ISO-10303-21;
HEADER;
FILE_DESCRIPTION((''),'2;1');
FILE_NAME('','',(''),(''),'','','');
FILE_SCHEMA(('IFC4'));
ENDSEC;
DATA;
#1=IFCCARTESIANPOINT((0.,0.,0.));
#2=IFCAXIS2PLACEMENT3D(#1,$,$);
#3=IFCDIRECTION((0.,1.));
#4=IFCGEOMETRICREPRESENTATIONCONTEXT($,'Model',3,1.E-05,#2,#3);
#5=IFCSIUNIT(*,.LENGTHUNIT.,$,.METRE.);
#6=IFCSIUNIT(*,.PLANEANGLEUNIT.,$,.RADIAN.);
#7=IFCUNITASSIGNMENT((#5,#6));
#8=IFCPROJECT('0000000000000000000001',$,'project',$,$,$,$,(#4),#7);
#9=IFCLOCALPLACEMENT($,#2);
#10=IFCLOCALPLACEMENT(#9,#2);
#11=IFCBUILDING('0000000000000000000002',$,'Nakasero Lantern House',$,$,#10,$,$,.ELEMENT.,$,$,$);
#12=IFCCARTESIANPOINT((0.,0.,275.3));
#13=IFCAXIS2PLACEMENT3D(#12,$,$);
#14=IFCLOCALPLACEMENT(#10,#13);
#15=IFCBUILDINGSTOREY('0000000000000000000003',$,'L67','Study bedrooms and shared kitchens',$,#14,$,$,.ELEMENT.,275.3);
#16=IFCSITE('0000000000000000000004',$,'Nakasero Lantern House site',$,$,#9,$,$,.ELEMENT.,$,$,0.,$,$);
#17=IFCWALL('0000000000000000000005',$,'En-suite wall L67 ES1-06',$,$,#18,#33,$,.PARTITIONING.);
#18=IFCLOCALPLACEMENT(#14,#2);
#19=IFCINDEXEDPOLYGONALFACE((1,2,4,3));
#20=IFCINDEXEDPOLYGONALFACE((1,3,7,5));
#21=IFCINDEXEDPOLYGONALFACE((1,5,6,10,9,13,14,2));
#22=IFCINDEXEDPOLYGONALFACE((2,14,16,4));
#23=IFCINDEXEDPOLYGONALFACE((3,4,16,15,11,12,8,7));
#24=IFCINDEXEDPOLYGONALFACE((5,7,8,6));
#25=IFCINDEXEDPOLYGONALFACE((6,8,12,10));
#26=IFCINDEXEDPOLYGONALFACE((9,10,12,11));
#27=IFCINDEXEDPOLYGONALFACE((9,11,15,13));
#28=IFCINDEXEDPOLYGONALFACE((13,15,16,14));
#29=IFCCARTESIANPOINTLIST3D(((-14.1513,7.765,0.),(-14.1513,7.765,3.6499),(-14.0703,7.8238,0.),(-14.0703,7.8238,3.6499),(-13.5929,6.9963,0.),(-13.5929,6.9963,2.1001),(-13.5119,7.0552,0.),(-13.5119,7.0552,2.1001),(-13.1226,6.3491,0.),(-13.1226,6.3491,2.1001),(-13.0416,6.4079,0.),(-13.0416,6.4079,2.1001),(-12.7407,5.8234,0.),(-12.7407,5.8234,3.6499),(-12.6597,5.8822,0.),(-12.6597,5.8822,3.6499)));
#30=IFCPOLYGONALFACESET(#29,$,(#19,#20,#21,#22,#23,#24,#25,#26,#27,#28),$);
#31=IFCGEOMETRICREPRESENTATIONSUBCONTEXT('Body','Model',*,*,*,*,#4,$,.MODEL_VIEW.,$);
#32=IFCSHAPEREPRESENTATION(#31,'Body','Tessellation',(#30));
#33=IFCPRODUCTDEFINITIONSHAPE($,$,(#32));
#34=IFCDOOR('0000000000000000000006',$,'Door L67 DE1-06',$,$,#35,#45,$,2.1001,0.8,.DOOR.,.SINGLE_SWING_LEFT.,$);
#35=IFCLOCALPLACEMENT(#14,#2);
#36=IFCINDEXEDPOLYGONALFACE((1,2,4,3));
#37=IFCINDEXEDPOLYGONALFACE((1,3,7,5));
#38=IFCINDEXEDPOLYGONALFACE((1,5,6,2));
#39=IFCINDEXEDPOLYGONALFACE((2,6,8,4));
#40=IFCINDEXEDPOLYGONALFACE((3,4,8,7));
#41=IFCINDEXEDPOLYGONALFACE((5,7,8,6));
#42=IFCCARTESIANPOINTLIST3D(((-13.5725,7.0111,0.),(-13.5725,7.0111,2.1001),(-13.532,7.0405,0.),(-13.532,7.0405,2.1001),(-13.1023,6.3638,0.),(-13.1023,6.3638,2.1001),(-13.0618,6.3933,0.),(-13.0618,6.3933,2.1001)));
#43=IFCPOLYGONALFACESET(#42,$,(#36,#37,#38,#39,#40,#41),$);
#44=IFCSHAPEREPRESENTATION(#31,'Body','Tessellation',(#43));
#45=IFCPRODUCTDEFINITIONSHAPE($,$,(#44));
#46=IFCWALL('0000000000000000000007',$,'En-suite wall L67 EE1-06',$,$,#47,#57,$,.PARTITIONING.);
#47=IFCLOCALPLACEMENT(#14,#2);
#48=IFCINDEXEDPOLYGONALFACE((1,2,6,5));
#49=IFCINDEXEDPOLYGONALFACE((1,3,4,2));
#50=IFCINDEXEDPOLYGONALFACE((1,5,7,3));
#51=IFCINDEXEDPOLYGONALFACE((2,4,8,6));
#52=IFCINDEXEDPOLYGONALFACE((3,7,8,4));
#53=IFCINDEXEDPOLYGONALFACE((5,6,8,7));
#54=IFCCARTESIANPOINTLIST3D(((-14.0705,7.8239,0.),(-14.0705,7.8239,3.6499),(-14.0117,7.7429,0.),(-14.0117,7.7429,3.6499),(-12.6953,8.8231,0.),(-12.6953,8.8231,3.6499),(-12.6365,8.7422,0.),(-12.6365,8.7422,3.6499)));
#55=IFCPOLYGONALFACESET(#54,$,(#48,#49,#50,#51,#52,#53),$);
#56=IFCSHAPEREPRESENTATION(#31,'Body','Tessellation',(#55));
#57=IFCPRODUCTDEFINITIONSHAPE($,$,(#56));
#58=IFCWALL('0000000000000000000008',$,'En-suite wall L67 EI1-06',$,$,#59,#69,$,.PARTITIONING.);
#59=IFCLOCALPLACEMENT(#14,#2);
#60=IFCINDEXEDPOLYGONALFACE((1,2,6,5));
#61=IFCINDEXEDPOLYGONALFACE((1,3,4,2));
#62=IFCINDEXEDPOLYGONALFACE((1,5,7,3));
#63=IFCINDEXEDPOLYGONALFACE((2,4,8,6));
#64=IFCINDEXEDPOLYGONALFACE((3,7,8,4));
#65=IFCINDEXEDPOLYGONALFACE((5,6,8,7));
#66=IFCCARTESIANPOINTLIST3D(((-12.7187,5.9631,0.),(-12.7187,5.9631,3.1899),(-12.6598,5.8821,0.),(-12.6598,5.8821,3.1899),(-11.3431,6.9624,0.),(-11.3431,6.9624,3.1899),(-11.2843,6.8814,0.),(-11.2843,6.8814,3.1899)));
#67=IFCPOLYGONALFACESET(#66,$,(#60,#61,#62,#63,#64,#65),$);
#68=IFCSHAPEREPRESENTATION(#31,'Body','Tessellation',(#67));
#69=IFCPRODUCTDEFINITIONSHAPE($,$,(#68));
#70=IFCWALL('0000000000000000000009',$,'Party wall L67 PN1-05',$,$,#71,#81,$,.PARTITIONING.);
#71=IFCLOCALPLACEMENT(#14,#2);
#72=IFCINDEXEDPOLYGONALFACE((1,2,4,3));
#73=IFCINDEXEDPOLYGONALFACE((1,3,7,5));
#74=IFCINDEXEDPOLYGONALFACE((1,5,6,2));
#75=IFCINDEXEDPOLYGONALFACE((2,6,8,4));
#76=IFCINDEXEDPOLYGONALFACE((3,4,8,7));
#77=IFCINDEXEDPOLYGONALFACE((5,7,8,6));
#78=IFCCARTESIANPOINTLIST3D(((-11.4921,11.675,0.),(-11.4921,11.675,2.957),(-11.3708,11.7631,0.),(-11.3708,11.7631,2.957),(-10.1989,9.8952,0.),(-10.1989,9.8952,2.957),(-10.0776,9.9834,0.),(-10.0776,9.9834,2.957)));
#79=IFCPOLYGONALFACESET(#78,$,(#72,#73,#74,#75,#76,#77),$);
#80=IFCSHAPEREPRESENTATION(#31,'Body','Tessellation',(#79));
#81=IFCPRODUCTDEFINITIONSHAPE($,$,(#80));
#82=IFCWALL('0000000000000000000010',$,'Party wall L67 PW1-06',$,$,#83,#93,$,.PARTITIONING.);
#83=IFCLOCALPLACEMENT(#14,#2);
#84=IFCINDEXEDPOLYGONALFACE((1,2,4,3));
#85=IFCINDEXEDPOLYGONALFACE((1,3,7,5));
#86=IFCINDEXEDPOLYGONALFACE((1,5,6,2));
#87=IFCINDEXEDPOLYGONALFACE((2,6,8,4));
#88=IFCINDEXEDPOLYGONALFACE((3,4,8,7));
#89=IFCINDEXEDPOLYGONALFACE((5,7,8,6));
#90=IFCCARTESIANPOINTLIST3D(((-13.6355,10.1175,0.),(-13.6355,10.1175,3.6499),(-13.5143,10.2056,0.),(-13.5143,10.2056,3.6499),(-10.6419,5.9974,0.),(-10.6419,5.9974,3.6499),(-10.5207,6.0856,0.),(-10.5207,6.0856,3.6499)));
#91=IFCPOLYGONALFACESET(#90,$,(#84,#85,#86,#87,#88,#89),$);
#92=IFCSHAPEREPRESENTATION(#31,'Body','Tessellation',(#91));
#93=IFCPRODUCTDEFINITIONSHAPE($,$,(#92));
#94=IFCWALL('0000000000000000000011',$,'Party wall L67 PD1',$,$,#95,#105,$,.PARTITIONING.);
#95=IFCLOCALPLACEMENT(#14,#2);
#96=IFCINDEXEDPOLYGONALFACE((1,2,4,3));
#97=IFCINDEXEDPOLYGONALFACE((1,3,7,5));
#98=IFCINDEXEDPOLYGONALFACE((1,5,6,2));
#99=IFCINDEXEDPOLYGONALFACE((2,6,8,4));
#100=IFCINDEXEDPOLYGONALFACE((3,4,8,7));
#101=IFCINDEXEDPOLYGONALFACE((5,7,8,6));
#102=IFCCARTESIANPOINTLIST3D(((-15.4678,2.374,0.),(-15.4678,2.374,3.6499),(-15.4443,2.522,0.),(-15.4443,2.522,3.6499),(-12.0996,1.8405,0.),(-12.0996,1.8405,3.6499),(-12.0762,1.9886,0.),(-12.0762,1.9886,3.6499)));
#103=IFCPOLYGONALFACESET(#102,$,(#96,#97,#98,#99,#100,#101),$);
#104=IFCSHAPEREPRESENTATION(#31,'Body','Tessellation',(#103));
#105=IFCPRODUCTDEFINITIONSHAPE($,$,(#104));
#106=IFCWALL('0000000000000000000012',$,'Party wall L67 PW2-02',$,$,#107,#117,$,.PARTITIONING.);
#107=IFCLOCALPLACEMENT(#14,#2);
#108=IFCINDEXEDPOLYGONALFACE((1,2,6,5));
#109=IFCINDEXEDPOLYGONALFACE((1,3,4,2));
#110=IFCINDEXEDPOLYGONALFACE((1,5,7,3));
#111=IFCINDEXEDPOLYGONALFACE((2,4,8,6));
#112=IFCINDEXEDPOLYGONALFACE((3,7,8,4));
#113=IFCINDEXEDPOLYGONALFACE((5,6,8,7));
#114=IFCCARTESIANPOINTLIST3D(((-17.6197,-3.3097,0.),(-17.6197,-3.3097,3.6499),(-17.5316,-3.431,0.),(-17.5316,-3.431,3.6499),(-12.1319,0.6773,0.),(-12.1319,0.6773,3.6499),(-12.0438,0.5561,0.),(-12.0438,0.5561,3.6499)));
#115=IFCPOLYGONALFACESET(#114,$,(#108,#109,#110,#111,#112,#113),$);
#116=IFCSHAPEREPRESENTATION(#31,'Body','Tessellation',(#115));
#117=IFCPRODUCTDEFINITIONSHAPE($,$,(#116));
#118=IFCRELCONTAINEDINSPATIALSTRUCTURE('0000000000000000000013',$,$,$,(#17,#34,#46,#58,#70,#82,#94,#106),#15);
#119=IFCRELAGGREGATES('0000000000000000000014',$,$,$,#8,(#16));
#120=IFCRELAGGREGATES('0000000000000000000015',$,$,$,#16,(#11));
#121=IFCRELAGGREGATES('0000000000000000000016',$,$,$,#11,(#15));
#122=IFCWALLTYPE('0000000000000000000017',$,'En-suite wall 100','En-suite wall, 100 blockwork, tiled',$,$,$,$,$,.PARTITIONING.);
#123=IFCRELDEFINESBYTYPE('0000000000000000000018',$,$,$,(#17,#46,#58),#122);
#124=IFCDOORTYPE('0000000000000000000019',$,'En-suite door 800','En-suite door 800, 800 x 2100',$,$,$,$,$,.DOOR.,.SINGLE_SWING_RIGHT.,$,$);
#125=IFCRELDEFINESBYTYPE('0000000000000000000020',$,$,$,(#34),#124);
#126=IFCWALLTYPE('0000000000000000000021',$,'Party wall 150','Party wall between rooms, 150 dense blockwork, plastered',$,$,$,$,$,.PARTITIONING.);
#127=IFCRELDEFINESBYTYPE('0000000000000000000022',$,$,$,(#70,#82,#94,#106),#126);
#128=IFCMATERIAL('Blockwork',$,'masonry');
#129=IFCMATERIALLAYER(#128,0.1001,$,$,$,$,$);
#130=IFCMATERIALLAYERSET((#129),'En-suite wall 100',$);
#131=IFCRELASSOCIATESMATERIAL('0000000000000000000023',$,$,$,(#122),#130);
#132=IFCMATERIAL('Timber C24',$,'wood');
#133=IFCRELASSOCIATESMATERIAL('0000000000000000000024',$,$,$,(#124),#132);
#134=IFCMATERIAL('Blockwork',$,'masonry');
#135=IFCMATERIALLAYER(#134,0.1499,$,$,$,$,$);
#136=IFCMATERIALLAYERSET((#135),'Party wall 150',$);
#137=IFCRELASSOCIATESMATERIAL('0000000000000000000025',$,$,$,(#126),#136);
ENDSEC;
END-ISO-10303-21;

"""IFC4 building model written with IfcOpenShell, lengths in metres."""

from ifc_helpers import new_model, si_unit, direction, frame, frame_2d, origin, place, context, subcontext, project, spatial, rectangle, extrude, material, layer, layer_set, type_object, element, fill, save


model = new_model("IFC4")

# Units and contexts
model_context = context("Model", 3, precision=1e-05, world=origin(), true_north=direction((0.0, 1.0)))
body_context = subcontext(model_context, "Body", "Model", "MODEL_VIEW")
ifc_project = project(units=[si_unit("LENGTHUNIT", "METRE"), si_unit("PLANEANGLEUNIT", "RADIAN")], contexts=[model_context])

# Site, building, storey
site_placement = place(None, origin())
site = spatial("IfcSite", under=ifc_project, at=site_placement, Name="Nakasero Lantern House site", CompositionType="ELEMENT", RefElevation=0.0)
building_placement = place(site_placement, origin())
building = spatial("IfcBuilding", under=site, at=building_placement, Name="Nakasero Lantern House", CompositionType="ELEMENT")
storey_placement = place(building_placement, frame((0.0, 0.0, 275.3)))
storey = spatial("IfcBuildingStorey", under=building, at=storey_placement, Name="L67", Description="Study bedrooms and shared kitchens", CompositionType="ELEMENT", Elevation=275.3)

# Wall, opening, door
ifc_material_1 = material(Name="Blockwork", Category="masonry")
ifc_layer_1 = layer(ifc_material_1, 0.1001)
ifc_layer_set_1 = layer_set([ifc_layer_1], Name="En-suite wall 100")
wall_type_1 = type_object("IfcWallType", Name="En-suite wall 100", Description="En-suite wall, 100 blockwork, tiled", PredefinedType="PARTITIONING", material=ifc_layer_set_1)
wall_1_placement = place(storey_placement, frame((-12.7002, 5.8528, 0.0), z_axis=(0.0, 0.0, 1.0), x_axis=(-0.587772, 0.809026, 0.0)))
wall_1 = element("IfcWall", 1, at=wall_1_placement, inside=storey, type_object=wall_type_1, Name="En-suite wall L67 ES1-06", PredefinedType="PARTITIONING", context=body_context, shape_type="SweptSolid", body=[
    extrude(rectangle(XDim=2.3999, YDim=0.1001, at=frame_2d((1.2, 0.0))), origin(), (0.0, 0.0, 1.0), 3.6499),
])
opening_1_placement = place(wall_1_placement, frame((0.6499, 0.0, 0.0)))
opening_1 = element("IfcOpeningElement", 2, at=opening_1_placement, cuts=wall_1, PredefinedType="OPENING", context=body_context, shape_type="SweptSolid", body=[
    extrude(rectangle(XDim=0.8, YDim=2.1001, at=frame_2d((0.3999, 1.05))), frame((0.0, 0.0701, 0.0), z_axis=(0.0, -1.0, 0.0), x_axis=(1.0, 0.0, 0.0)), (0.0, 0.0, 1.0), 0.1401),
])
ifc_material_2 = material(Name="Timber C24", Category="wood")
door_type_1 = type_object("IfcDoorType", Name="En-suite door 800", Description="En-suite door 800, 800 x 2100", OperationType="SINGLE_SWING_RIGHT", PredefinedType="DOOR", material=ifc_material_2)
door_1_placement = place(opening_1_placement, origin())
door_1 = element("IfcDoor", 3, at=door_1_placement, inside=storey, type_object=door_type_1, Name="Door L67 DE1-06", OperationType="SINGLE_SWING_LEFT", OverallHeight=2.1001, OverallWidth=0.8, PredefinedType="DOOR", context=body_context, shape_type="SweptSolid", body=[
    extrude(rectangle(XDim=0.8, YDim=2.1001, at=frame_2d((0.3999, 1.05))), frame((0.0, 0.0249, 0.0), z_axis=(0.0, -1.0, 0.0), x_axis=(1.0, 0.0, 0.0)), (0.0, 0.0, 1.0), 0.05),
])
fill(opening_1, door_1)

# Walls
wall_2_placement = place(storey_placement, frame((-12.6658, 8.7827, 0.0), z_axis=(0.0, 0.0, 1.0), x_axis=(-0.808991, -0.587822, 0.0)))
element("IfcWall", 4, at=wall_2_placement, inside=storey, type_object=wall_type_1, Name="En-suite wall L67 EE1-06", PredefinedType="PARTITIONING", context=body_context, shape_type="SweptSolid", body=[
    extrude(rectangle(XDim=1.7, YDim=0.1001, at=frame_2d((0.8501, 0.0))), origin(), (0.0, 0.0, 1.0), 3.6499),
])
wall_3_placement = place(storey_placement, frame((-11.3137, 6.9219, 0.0), z_axis=(0.0, 0.0, 1.0), x_axis=(-0.80904, -0.587753, 0.0)))
element("IfcWall", 5, at=wall_3_placement, inside=storey, type_object=wall_type_1, Name="En-suite wall L67 EI1-06", PredefinedType="PARTITIONING", context=body_context, shape_type="SweptSolid", body=[
    extrude(rectangle(XDim=1.7002, YDim=0.1001, at=frame_2d((0.8501, 0.0))), origin(), (0.0, 0.0, 1.0), 3.1899),
])
ifc_material_3 = material(Name="Blockwork", Category="masonry")
ifc_layer_2 = layer(ifc_material_3, 0.1499)
ifc_layer_set_2 = layer_set([ifc_layer_2], Name="Party wall 150")
wall_type_2 = type_object("IfcWallType", Name="Party wall 150", Description="Party wall between rooms, 150 dense blockwork, plastered", PredefinedType="PARTITIONING", material=ifc_layer_set_2)
wall_4_placement = place(storey_placement, frame((-10.1382, 9.9392, 0.0), z_axis=(0.0, 0.0, 1.0), x_axis=(-0.587822, 0.80899, 0.0)))
element("IfcWall", 6, at=wall_4_placement, inside=storey, type_object=wall_type_2, Name="Party wall L67 PN1-05", PredefinedType="PARTITIONING", context=body_context, shape_type="SweptSolid", body=[
    extrude(rectangle(XDim=2.2, YDim=0.1499, at=frame_2d((1.1001, 0.0))), origin(), (0.0, 0.0, 1.0), 2.957),
])
wall_5_placement = place(storey_placement, frame((-10.5813, 6.0415, 0.0), z_axis=(0.0, 0.0, 1.0), x_axis=(-0.587812, 0.808997, 0.0)))
element("IfcWall", 7, at=wall_5_placement, inside=storey, type_object=wall_type_2, Name="Party wall L67 PW1-06", PredefinedType="PARTITIONING", context=body_context, shape_type="SweptSolid", body=[
    extrude(rectangle(XDim=5.0928, YDim=0.1499, at=frame_2d((2.5464, 0.0))), origin(), (0.0, 0.0, 1.0), 3.6499),
])
wall_6_placement = place(storey_placement, frame((-12.0879, 1.9146, 0.0), z_axis=(0.0, 0.0, 1.0), x_axis=(-0.987689, 0.156429, 0.0)))
element("IfcWall", 8, at=wall_6_placement, inside=storey, type_object=wall_type_2, Name="Party wall L67 PD1", PredefinedType="PARTITIONING", context=body_context, shape_type="SweptSolid", body=[
    extrude(rectangle(XDim=3.4102, YDim=0.1499, at=frame_2d((1.7051, 0.0))), origin(), (0.0, 0.0, 1.0), 3.6499),
])
wall_7_placement = place(storey_placement, frame((-12.0879, 0.6167, 0.0), z_axis=(0.0, 0.0, 1.0), x_axis=(-0.809021, -0.58778, 0.0)))
element("IfcWall", 9, at=wall_7_placement, inside=storey, type_object=wall_type_2, Name="Party wall L67 PW2-02", PredefinedType="PARTITIONING", context=body_context, shape_type="SweptSolid", body=[
    extrude(rectangle(XDim=6.7832, YDim=0.1499, at=frame_2d((3.3916, 0.0))), origin(), (0.0, 0.0, 1.0), 3.6499),
])

save(model, "model.ifc")
